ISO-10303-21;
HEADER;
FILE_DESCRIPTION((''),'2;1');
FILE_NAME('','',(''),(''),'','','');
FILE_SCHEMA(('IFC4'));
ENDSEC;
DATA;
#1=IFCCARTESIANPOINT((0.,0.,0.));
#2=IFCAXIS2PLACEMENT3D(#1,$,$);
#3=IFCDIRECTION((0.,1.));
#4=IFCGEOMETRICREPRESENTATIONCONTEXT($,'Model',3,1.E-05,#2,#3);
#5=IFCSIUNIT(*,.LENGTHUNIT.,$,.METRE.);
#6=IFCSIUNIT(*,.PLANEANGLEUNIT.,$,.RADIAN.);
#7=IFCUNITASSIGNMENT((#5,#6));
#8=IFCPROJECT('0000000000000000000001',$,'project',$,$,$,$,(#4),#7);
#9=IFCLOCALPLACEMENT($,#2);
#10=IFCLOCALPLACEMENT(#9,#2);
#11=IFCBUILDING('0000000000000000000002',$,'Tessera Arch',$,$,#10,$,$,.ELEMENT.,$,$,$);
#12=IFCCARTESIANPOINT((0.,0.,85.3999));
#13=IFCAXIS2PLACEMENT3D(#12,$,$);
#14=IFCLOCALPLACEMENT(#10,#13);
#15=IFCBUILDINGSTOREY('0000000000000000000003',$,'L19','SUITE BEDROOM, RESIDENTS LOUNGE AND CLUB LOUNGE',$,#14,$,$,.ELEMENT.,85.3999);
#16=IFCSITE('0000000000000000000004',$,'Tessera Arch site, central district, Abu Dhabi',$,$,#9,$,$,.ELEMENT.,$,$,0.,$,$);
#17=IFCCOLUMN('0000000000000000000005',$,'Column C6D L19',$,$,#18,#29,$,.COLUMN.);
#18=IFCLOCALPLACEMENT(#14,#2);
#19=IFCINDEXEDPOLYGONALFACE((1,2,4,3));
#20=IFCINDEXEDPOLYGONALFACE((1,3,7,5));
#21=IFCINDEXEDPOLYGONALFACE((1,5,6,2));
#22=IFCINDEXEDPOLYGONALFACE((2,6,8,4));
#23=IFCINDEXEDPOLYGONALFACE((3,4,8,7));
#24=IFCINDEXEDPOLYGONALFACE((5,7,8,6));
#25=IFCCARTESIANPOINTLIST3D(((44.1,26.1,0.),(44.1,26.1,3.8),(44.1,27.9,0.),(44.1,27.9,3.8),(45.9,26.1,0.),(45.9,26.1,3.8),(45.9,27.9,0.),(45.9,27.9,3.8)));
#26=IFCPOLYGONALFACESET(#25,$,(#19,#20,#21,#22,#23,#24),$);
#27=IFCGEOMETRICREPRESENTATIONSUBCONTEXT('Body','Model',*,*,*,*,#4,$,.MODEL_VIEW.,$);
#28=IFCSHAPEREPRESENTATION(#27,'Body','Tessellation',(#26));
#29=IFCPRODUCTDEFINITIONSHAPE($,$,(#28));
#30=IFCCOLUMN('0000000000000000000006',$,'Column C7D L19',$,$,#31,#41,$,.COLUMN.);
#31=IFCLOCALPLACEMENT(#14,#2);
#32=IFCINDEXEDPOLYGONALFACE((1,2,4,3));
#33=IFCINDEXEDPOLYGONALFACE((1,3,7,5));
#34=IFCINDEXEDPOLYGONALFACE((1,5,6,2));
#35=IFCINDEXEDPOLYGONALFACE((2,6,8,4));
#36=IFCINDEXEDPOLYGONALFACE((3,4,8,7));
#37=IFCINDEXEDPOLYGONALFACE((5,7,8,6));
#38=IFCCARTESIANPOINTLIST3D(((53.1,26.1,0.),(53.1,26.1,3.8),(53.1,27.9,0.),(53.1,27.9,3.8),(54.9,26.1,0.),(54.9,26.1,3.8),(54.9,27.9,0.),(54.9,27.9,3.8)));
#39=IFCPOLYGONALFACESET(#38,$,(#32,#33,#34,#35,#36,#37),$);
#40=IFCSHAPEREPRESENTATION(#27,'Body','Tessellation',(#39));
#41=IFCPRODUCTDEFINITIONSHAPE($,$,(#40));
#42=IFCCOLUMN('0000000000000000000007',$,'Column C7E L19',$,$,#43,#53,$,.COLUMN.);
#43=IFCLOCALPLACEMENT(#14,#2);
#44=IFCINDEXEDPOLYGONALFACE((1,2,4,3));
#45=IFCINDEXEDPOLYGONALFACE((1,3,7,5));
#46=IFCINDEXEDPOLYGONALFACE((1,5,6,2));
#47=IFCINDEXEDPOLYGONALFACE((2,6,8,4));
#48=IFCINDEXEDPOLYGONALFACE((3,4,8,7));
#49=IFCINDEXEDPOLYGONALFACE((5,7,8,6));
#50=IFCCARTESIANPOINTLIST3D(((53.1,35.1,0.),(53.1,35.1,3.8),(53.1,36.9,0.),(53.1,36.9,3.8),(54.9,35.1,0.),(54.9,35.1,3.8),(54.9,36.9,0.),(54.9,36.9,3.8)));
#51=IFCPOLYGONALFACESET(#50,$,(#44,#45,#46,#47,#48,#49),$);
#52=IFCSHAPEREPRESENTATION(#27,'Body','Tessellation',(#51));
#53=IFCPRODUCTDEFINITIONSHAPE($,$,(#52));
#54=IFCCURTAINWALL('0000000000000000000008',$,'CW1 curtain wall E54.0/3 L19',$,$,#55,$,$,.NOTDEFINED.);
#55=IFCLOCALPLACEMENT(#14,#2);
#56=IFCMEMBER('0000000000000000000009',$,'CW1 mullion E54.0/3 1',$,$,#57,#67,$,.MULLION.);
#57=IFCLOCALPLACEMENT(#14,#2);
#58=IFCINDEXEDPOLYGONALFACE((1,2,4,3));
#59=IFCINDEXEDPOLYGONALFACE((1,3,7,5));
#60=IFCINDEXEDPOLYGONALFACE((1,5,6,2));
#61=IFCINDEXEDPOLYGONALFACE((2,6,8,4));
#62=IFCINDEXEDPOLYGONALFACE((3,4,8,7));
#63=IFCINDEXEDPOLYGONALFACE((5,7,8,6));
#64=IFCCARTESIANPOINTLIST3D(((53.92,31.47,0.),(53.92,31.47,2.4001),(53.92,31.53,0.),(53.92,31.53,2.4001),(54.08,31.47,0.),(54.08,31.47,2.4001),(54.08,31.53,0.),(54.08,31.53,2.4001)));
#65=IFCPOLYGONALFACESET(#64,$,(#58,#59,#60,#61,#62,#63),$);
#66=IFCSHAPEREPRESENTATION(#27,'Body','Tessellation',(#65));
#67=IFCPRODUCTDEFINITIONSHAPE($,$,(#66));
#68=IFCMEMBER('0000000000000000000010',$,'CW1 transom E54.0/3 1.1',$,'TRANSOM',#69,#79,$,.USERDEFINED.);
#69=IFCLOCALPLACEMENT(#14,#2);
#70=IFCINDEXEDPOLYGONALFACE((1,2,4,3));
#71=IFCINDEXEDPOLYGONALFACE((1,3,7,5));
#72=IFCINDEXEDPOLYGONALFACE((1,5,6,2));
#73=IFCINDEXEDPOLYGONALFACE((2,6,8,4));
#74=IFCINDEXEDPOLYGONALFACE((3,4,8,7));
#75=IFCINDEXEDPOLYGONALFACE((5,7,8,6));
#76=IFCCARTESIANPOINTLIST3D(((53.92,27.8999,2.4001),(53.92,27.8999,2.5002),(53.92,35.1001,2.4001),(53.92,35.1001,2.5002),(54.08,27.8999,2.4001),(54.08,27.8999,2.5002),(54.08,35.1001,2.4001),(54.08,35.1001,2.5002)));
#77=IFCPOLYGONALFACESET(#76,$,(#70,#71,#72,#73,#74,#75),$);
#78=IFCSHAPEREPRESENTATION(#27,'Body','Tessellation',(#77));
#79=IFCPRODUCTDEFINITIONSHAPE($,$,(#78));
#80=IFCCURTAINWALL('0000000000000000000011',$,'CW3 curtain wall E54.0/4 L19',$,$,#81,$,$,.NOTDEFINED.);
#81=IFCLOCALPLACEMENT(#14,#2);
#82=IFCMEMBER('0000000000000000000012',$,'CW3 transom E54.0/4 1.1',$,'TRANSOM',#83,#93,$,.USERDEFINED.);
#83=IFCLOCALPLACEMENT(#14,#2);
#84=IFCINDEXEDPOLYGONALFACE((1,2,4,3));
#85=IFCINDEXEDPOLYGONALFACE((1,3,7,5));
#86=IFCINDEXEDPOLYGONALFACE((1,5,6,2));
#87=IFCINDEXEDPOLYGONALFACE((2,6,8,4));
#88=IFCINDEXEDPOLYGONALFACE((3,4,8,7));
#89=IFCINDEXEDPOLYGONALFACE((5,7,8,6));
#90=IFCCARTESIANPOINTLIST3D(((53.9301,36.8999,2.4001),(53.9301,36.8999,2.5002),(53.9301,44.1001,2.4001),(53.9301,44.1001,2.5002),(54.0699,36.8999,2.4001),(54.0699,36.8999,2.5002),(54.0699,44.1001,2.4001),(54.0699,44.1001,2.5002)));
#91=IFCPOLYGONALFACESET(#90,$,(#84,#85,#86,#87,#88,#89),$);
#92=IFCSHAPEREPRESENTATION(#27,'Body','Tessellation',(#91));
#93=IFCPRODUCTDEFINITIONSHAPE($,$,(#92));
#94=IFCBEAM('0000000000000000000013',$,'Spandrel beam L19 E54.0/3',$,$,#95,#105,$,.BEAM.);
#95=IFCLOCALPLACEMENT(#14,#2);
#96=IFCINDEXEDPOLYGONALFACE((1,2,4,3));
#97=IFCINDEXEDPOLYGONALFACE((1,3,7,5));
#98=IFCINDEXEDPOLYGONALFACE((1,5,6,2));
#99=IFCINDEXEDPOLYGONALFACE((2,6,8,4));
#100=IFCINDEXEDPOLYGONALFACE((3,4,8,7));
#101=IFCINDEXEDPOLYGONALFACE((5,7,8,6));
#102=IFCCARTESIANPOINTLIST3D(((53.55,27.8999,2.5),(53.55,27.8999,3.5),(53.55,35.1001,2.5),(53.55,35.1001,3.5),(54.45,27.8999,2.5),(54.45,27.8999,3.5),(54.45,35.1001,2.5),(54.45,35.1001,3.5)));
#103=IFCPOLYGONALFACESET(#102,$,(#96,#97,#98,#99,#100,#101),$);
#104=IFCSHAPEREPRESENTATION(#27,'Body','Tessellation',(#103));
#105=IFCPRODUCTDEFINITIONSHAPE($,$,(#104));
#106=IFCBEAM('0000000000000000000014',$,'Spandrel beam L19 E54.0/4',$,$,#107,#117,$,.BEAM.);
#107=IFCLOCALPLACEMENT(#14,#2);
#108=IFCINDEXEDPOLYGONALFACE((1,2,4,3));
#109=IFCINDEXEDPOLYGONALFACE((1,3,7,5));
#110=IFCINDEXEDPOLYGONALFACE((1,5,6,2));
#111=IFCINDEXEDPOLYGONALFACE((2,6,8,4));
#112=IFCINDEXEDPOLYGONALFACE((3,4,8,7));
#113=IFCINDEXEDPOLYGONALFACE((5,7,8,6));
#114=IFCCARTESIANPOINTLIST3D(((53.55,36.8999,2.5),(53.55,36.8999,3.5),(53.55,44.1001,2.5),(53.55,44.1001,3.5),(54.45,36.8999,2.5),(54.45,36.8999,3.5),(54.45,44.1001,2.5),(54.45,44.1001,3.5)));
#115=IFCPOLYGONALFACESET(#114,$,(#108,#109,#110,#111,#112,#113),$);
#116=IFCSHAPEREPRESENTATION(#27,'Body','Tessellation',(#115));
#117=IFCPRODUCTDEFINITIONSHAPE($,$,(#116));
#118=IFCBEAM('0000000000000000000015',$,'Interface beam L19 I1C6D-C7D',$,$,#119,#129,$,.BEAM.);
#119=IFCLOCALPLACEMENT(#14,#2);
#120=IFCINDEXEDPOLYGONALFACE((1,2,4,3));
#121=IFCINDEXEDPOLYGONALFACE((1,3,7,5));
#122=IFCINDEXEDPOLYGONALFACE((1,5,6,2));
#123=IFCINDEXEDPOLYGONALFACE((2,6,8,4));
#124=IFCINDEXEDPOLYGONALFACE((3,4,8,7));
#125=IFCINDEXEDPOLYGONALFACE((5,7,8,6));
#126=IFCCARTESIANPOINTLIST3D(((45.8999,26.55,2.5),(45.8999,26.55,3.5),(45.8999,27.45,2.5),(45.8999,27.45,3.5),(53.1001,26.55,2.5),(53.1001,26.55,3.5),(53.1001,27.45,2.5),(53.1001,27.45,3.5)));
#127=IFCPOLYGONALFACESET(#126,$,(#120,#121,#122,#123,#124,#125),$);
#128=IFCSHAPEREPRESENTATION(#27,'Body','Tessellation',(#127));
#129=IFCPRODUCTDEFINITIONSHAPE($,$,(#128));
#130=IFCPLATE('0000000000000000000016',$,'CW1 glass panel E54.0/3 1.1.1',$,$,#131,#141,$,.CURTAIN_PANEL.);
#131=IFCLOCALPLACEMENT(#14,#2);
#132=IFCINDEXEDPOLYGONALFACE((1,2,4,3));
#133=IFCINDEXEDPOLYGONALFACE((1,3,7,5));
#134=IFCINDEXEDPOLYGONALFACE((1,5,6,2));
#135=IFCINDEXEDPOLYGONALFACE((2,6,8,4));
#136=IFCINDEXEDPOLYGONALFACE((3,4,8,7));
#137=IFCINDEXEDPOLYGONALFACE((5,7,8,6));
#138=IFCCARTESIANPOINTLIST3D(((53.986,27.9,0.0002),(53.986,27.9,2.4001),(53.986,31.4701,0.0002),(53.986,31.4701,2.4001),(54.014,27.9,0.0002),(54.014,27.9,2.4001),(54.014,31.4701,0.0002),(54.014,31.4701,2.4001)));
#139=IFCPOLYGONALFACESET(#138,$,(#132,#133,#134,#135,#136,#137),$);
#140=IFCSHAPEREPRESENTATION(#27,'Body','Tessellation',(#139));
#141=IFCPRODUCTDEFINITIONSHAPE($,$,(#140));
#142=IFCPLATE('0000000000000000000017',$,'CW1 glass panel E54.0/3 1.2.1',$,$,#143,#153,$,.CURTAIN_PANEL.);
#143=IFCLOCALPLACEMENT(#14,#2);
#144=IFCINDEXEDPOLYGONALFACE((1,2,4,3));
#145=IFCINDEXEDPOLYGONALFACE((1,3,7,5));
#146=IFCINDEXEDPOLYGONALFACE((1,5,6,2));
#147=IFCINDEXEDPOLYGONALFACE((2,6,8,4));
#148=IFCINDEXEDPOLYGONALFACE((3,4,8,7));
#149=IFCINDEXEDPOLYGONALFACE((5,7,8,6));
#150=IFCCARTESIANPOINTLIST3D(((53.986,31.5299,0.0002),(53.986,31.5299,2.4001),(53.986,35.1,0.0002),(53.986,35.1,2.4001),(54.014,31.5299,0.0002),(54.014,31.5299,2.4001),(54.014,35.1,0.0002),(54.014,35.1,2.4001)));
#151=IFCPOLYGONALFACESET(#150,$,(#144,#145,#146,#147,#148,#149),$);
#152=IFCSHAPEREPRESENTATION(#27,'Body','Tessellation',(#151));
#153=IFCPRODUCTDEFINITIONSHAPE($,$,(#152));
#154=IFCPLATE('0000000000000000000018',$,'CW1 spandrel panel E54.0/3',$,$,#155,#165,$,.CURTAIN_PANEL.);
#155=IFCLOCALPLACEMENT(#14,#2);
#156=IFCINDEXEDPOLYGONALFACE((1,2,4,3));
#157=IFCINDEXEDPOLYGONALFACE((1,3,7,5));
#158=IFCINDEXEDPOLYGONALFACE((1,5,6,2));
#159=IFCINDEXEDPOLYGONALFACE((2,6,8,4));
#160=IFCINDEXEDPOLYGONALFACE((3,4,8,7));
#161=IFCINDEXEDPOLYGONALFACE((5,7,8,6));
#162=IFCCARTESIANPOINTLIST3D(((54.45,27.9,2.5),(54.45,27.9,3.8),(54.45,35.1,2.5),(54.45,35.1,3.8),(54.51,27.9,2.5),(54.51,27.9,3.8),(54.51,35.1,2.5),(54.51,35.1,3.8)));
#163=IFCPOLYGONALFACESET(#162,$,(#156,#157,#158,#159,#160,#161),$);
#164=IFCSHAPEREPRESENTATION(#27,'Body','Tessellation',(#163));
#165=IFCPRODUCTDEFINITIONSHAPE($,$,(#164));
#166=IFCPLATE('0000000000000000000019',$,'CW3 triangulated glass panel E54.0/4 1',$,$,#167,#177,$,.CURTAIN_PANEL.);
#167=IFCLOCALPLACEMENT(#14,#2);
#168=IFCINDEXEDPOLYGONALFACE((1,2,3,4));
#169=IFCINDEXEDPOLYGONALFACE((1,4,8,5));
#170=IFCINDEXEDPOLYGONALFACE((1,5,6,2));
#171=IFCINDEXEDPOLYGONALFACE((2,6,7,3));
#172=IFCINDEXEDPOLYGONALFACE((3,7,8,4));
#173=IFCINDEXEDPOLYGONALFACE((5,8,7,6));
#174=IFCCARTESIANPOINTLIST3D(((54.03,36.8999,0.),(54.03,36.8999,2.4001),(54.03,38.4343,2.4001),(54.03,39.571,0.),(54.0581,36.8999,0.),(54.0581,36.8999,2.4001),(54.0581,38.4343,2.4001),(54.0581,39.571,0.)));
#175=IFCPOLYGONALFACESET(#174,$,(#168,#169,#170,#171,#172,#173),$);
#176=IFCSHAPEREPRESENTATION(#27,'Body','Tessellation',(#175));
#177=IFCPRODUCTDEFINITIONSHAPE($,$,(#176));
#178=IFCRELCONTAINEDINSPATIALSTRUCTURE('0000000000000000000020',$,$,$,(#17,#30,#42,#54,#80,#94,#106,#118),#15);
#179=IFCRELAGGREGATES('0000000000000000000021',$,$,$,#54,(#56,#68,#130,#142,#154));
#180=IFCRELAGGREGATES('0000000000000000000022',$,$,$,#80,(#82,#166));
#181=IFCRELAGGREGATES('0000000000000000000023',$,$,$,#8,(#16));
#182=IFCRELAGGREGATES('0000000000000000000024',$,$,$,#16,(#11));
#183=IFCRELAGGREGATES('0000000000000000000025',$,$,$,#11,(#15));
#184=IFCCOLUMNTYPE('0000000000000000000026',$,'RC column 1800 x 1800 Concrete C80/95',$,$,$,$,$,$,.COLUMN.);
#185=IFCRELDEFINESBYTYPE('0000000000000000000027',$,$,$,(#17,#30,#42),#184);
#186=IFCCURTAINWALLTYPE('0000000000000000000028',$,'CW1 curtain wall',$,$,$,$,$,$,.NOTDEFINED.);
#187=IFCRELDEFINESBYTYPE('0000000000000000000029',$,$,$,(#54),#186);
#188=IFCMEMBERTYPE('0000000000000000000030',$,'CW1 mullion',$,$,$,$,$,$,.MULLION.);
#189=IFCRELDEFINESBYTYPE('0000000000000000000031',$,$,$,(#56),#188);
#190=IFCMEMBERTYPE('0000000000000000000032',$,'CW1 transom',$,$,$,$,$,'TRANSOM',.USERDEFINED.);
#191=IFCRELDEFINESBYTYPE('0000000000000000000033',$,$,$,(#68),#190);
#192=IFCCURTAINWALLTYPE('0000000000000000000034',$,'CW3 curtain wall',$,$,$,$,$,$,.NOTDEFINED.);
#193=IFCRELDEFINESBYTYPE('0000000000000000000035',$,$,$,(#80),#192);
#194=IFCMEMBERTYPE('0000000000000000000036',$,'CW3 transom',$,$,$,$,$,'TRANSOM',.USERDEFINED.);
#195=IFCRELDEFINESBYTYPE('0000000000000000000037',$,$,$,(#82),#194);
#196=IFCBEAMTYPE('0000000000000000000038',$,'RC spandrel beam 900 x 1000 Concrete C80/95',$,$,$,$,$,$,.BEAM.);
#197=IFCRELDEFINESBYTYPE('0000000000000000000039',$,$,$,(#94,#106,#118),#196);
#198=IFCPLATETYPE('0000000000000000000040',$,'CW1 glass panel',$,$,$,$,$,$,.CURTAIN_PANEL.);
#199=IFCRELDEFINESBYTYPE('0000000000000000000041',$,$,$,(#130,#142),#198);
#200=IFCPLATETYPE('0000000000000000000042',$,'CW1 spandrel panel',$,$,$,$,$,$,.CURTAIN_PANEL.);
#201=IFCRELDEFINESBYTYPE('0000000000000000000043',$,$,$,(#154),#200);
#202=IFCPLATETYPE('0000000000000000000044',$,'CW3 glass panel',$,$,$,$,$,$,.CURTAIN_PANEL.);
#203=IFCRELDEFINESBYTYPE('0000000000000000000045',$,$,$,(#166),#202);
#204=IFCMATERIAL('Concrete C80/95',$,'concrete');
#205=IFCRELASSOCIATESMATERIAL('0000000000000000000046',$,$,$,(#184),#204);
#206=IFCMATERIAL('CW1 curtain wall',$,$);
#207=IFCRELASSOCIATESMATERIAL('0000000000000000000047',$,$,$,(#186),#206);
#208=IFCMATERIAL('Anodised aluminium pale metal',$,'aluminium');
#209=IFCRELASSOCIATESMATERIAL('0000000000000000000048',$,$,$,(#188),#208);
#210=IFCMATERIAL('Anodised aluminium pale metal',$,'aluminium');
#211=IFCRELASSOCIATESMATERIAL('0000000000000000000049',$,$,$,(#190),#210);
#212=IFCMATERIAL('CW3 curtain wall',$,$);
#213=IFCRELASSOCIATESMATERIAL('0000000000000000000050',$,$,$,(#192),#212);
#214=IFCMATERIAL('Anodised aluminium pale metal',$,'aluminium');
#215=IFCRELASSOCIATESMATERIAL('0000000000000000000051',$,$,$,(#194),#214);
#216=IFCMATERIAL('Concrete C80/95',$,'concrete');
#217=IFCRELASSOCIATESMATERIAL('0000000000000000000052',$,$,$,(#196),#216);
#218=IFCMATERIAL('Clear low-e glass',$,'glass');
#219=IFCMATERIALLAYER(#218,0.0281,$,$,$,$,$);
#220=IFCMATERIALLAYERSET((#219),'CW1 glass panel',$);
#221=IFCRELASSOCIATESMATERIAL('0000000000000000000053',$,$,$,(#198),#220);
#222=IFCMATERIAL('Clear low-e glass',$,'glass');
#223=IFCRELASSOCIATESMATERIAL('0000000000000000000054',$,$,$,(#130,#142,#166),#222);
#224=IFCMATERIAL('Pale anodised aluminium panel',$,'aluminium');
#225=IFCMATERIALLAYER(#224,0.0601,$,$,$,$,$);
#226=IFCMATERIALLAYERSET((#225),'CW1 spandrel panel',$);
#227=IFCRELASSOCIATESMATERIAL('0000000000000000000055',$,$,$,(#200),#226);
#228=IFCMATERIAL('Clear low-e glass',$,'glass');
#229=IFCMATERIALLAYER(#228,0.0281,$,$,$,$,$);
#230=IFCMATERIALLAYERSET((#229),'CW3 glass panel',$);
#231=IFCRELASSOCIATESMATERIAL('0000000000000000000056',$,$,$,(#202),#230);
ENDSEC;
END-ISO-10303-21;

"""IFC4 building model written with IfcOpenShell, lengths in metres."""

from ifc_helpers import new_model, si_unit, direction, frame, origin, origin_2d, place, context, subcontext, project, spatial, polyline, rectangle, outline, extrude, material, layer, layer_set, material_profile, profile_set, type_object, element, aggregate, save


model = new_model("IFC4")

# Units and contexts
model_context = context("Model", 3, precision=1e-05, world=origin(), true_north=direction((0.0, 1.0)))
body_context = subcontext(model_context, "Body", "Model", "MODEL_VIEW")
ifc_project = project(units=[si_unit("LENGTHUNIT", "METRE"), si_unit("PLANEANGLEUNIT", "RADIAN")], contexts=[model_context])

# Site, building, storey
site_placement = place(None, origin())
site = spatial("IfcSite", under=ifc_project, at=site_placement, Name="Tessera Arch site, central district, Abu Dhabi", CompositionType="ELEMENT", RefElevation=0.0)
building_placement = place(site_placement, origin())
building = spatial("IfcBuilding", under=site, at=building_placement, Name="Tessera Arch", CompositionType="ELEMENT")
storey_placement = place(building_placement, frame((0.0, 0.0, 85.3999)))
storey = spatial("IfcBuildingStorey", under=building, at=storey_placement, Name="L19", Description="SUITE BEDROOM, RESIDENTS LOUNGE AND CLUB LOUNGE", CompositionType="ELEMENT", Elevation=85.3999)

# Columns
ifc_material_1 = material(Name="Concrete C80/95", Category="concrete")
ifc_material_profile_1 = material_profile(ifc_material_1, rectangle(XDim=1.8, YDim=1.8, at=origin_2d()), Name="RC column 1800 x 1800 Concrete C80/95")
ifc_profile_set_1 = profile_set([ifc_material_profile_1], Name="Concrete C80/95")
column_type = type_object("IfcColumnType", Name="RC column 1800 x 1800 Concrete C80/95", PredefinedType="COLUMN", material=ifc_profile_set_1)
for number, where, z_axis, x_axis, name in (
    (1, (45.0, 27.0, 0.0), (0.0, 0.0, 1.0), (1.0, 0.0, 0.0), "Column C6D L19"),
    (2, (54.0, 27.0, 0.0), (0.0, 0.0, 1.0), (1.0, 0.0, 0.0), "Column C7D L19"),
    (3, (54.0, 36.0, 0.0), (0.0, 0.0, 1.0), (1.0, 0.0, 0.0), "Column C7E L19"),
):
    element("IfcColumn", number, at=place(storey_placement, frame(where, z_axis=z_axis, x_axis=x_axis)), inside=storey, type_object=column_type, Name=name, PredefinedType="COLUMN", context=body_context, shape_type="SweptSolid", body=[
        extrude(rectangle(XDim=1.8, YDim=1.8, at=origin_2d()), origin(), (0.0, 0.0, 1.0), 3.8),
    ])

# Curtain wall, members
ifc_material_2 = material(Name="CW1 curtain wall")
curtain_wall_type_1 = type_object("IfcCurtainWallType", Name="CW1 curtain wall", PredefinedType="NOTDEFINED", material=ifc_material_2)
curtain_wall_1_placement = place(storey_placement, origin())
curtain_wall_1 = element("IfcCurtainWall", 4, at=curtain_wall_1_placement, inside=storey, type_object=curtain_wall_type_1, Name="CW1 curtain wall E54.0/3 L19", PredefinedType="NOTDEFINED")
ifc_material_3 = material(Name="Anodised aluminium pale metal", Category="aluminium")
ifc_material_profile_2 = material_profile(ifc_material_3, rectangle(XDim=0.1599, YDim=0.0601, at=origin_2d()), Name="AL 60x160")
ifc_profile_set_2 = profile_set([ifc_material_profile_2], Name="Anodised aluminium pale metal")
member_type_1 = type_object("IfcMemberType", Name="CW1 mullion", PredefinedType="MULLION", material=ifc_profile_set_2)
member_1_placement = place(storey_placement, frame((54.0, 31.5, 0.0), z_axis=(0.0, 0.0, 1.0), x_axis=(-1.0, 0.0, 0.0)))
member_1 = element("IfcMember", 5, at=member_1_placement, type_object=member_type_1, Name="CW1 mullion E54.0/3 1", PredefinedType="MULLION", context=body_context, shape_type="SweptSolid", body=[
    extrude(rectangle(XDim=0.1599, YDim=0.0601, at=origin_2d()), origin(), (0.0, 0.0, 1.0), 2.4001),
])
ifc_material_4 = material(Name="Anodised aluminium pale metal", Category="aluminium")
ifc_material_profile_3 = material_profile(ifc_material_4, rectangle(XDim=0.1599, YDim=0.1001, at=origin_2d()), Name="AL 160x100")
ifc_profile_set_3 = profile_set([ifc_material_profile_3], Name="Anodised aluminium pale metal")
member_type_2 = type_object("IfcMemberType", Name="CW1 transom", ElementType="TRANSOM", PredefinedType="USERDEFINED", material=ifc_profile_set_3)
member_2_placement = place(storey_placement, frame((54.0, 27.8999, 2.4502), z_axis=(0.0, 1.0, 0.0), x_axis=(-1.0, 0.0, 0.0)))
member_2 = element("IfcMember", 6, at=member_2_placement, type_object=member_type_2, Name="CW1 transom E54.0/3 1.1", ObjectType="TRANSOM", PredefinedType="USERDEFINED", context=body_context, shape_type="SweptSolid", body=[
    extrude(rectangle(XDim=0.1599, YDim=0.1001, at=origin_2d()), origin(), (0.0, 0.0, 1.0), 7.2002),
])

# Curtain wall, member
ifc_material_5 = material(Name="CW3 curtain wall")
curtain_wall_type_2 = type_object("IfcCurtainWallType", Name="CW3 curtain wall", PredefinedType="NOTDEFINED", material=ifc_material_5)
curtain_wall_2_placement = place(storey_placement, origin())
curtain_wall_2 = element("IfcCurtainWall", 7, at=curtain_wall_2_placement, inside=storey, type_object=curtain_wall_type_2, Name="CW3 curtain wall E54.0/4 L19", PredefinedType="NOTDEFINED")
ifc_material_6 = material(Name="Anodised aluminium pale metal", Category="aluminium")
ifc_material_profile_4 = material_profile(ifc_material_6, rectangle(XDim=0.1399, YDim=0.1001, at=origin_2d()), Name="AL 140x100")
ifc_profile_set_4 = profile_set([ifc_material_profile_4], Name="Anodised aluminium pale metal")
member_type_3 = type_object("IfcMemberType", Name="CW3 transom", ElementType="TRANSOM", PredefinedType="USERDEFINED", material=ifc_profile_set_4)
member_3_placement = place(storey_placement, frame((54.0, 36.8999, 2.4502), z_axis=(0.0, 1.0, 0.0), x_axis=(-1.0, 0.0, 0.0)))
member_3 = element("IfcMember", 8, at=member_3_placement, type_object=member_type_3, Name="CW3 transom E54.0/4 1.1", ObjectType="TRANSOM", PredefinedType="USERDEFINED", context=body_context, shape_type="SweptSolid", body=[
    extrude(rectangle(XDim=0.1399, YDim=0.1001, at=origin_2d()), origin(), (0.0, 0.0, 1.0), 7.2002),
])

# Beams
ifc_material_7 = material(Name="Concrete C80/95", Category="concrete")
ifc_material_profile_5 = material_profile(ifc_material_7, rectangle(XDim=0.8999, YDim=1.0, at=origin_2d()), Name="RC spandrel beam 900 x 1000 Concrete C80/95")
ifc_profile_set_5 = profile_set([ifc_material_profile_5], Name="Concrete C80/95")
beam_type = type_object("IfcBeamType", Name="RC spandrel beam 900 x 1000 Concrete C80/95", PredefinedType="BEAM", material=ifc_profile_set_5)
for number, where, z_axis, x_axis, name in (
    (9, (54.0, 27.8999, 3.0), (0.0, 1.0, 0.0), (-1.0, 0.0, 0.0), "Spandrel beam L19 E54.0/3"),
    (10, (54.0, 36.8999, 3.0), (0.0, 1.0, 0.0), (-1.0, 0.0, 0.0), "Spandrel beam L19 E54.0/4"),
    (11, (45.8999, 27.0, 3.0), (1.0, 0.0, 0.0), (0.0, 1.0, 0.0), "Interface beam L19 I1C6D-C7D"),
):
    element("IfcBeam", number, at=place(storey_placement, frame(where, z_axis=z_axis, x_axis=x_axis)), inside=storey, type_object=beam_type, Name=name, PredefinedType="BEAM", context=body_context, shape_type="SweptSolid", body=[
        extrude(rectangle(XDim=0.8999, YDim=1.0, at=origin_2d()), origin(), (0.0, 0.0, 1.0), 7.2002),
    ])

# Plates
ifc_material_8 = material(Name="Clear low-e glass", Category="glass")
ifc_material_9 = material(Name="Clear low-e glass", Category="glass")
ifc_layer_1 = layer(ifc_material_9, 0.0281)
ifc_layer_set_1 = layer_set([ifc_layer_1], Name="CW1 glass panel")
plate_type_1 = type_object("IfcPlateType", Name="CW1 glass panel", PredefinedType="CURTAIN_PANEL", material=ifc_layer_set_1)
plate_1_placement = place(storey_placement, frame((54.0, 29.6851, 0.0002), z_axis=(0.0, 0.0, 1.0), x_axis=(0.0, 1.0, 0.0)))
plate_1 = element("IfcPlate", 12, at=plate_1_placement, type_object=plate_type_1, material=ifc_material_8, Name="CW1 glass panel E54.0/3 1.1.1", PredefinedType="CURTAIN_PANEL", context=body_context, shape_type="SweptSolid", body=[
    extrude(rectangle(XDim=3.5701, YDim=0.0281, at=origin_2d()), origin(), (0.0, 0.0, 1.0), 2.3999),
])
plate_2_placement = place(storey_placement, frame((54.0, 33.3149, 0.0002), z_axis=(0.0, 0.0, 1.0), x_axis=(0.0, 1.0, 0.0)))
plate_2 = element("IfcPlate", 13, at=plate_2_placement, type_object=plate_type_1, material=ifc_material_8, Name="CW1 glass panel E54.0/3 1.2.1", PredefinedType="CURTAIN_PANEL", context=body_context, shape_type="SweptSolid", body=[
    extrude(rectangle(XDim=3.5701, YDim=0.0281, at=origin_2d()), origin(), (0.0, 0.0, 1.0), 2.3999),
])
ifc_material_10 = material(Name="Pale anodised aluminium panel", Category="aluminium")
ifc_layer_2 = layer(ifc_material_10, 0.0601)
ifc_layer_set_2 = layer_set([ifc_layer_2], Name="CW1 spandrel panel")
plate_type_2 = type_object("IfcPlateType", Name="CW1 spandrel panel", PredefinedType="CURTAIN_PANEL", material=ifc_layer_set_2)
plate_3_placement = place(storey_placement, frame((54.48, 31.5, 2.5), z_axis=(0.0, 0.0, 1.0), x_axis=(0.0, 1.0, 0.0)))
plate_3 = element("IfcPlate", 14, at=plate_3_placement, type_object=plate_type_2, Name="CW1 spandrel panel E54.0/3", PredefinedType="CURTAIN_PANEL", context=body_context, shape_type="SweptSolid", body=[
    extrude(rectangle(XDim=7.2, YDim=0.0601, at=origin_2d()), origin(), (0.0, 0.0, 1.0), 1.3),
])
aggregate(curtain_wall_1, [member_1, member_2, plate_1, plate_2, plate_3])
ifc_material_11 = material(Name="Clear low-e glass", Category="glass")
ifc_layer_3 = layer(ifc_material_11, 0.0281)
ifc_layer_set_3 = layer_set([ifc_layer_3], Name="CW3 glass panel")
plate_type_3 = type_object("IfcPlateType", Name="CW3 glass panel", PredefinedType="CURTAIN_PANEL", material=ifc_layer_set_3)
plate_4_placement = place(storey_placement, frame((54.0581, 36.8999, 0.0), z_axis=(1.0, 0.0, 0.0), x_axis=(0.0, 1.0, 0.0)))
plate_4 = element("IfcPlate", 15, at=plate_4_placement, type_object=plate_type_3, material=ifc_material_8, Name="CW3 triangulated glass panel E54.0/4 1", PredefinedType="CURTAIN_PANEL", context=body_context, shape_type="SweptSolid", body=[
    extrude(outline(polyline([(0.0, 0.0), (2.6711, 0.0), (1.5344, 2.4001), (0.0, 2.4001), (0.0, 0.0)])), origin(), (0.0, 0.0, -1.0), 0.0281),
])
aggregate(curtain_wall_2, [member_3, plate_4])

save(model, "model.ifc")
